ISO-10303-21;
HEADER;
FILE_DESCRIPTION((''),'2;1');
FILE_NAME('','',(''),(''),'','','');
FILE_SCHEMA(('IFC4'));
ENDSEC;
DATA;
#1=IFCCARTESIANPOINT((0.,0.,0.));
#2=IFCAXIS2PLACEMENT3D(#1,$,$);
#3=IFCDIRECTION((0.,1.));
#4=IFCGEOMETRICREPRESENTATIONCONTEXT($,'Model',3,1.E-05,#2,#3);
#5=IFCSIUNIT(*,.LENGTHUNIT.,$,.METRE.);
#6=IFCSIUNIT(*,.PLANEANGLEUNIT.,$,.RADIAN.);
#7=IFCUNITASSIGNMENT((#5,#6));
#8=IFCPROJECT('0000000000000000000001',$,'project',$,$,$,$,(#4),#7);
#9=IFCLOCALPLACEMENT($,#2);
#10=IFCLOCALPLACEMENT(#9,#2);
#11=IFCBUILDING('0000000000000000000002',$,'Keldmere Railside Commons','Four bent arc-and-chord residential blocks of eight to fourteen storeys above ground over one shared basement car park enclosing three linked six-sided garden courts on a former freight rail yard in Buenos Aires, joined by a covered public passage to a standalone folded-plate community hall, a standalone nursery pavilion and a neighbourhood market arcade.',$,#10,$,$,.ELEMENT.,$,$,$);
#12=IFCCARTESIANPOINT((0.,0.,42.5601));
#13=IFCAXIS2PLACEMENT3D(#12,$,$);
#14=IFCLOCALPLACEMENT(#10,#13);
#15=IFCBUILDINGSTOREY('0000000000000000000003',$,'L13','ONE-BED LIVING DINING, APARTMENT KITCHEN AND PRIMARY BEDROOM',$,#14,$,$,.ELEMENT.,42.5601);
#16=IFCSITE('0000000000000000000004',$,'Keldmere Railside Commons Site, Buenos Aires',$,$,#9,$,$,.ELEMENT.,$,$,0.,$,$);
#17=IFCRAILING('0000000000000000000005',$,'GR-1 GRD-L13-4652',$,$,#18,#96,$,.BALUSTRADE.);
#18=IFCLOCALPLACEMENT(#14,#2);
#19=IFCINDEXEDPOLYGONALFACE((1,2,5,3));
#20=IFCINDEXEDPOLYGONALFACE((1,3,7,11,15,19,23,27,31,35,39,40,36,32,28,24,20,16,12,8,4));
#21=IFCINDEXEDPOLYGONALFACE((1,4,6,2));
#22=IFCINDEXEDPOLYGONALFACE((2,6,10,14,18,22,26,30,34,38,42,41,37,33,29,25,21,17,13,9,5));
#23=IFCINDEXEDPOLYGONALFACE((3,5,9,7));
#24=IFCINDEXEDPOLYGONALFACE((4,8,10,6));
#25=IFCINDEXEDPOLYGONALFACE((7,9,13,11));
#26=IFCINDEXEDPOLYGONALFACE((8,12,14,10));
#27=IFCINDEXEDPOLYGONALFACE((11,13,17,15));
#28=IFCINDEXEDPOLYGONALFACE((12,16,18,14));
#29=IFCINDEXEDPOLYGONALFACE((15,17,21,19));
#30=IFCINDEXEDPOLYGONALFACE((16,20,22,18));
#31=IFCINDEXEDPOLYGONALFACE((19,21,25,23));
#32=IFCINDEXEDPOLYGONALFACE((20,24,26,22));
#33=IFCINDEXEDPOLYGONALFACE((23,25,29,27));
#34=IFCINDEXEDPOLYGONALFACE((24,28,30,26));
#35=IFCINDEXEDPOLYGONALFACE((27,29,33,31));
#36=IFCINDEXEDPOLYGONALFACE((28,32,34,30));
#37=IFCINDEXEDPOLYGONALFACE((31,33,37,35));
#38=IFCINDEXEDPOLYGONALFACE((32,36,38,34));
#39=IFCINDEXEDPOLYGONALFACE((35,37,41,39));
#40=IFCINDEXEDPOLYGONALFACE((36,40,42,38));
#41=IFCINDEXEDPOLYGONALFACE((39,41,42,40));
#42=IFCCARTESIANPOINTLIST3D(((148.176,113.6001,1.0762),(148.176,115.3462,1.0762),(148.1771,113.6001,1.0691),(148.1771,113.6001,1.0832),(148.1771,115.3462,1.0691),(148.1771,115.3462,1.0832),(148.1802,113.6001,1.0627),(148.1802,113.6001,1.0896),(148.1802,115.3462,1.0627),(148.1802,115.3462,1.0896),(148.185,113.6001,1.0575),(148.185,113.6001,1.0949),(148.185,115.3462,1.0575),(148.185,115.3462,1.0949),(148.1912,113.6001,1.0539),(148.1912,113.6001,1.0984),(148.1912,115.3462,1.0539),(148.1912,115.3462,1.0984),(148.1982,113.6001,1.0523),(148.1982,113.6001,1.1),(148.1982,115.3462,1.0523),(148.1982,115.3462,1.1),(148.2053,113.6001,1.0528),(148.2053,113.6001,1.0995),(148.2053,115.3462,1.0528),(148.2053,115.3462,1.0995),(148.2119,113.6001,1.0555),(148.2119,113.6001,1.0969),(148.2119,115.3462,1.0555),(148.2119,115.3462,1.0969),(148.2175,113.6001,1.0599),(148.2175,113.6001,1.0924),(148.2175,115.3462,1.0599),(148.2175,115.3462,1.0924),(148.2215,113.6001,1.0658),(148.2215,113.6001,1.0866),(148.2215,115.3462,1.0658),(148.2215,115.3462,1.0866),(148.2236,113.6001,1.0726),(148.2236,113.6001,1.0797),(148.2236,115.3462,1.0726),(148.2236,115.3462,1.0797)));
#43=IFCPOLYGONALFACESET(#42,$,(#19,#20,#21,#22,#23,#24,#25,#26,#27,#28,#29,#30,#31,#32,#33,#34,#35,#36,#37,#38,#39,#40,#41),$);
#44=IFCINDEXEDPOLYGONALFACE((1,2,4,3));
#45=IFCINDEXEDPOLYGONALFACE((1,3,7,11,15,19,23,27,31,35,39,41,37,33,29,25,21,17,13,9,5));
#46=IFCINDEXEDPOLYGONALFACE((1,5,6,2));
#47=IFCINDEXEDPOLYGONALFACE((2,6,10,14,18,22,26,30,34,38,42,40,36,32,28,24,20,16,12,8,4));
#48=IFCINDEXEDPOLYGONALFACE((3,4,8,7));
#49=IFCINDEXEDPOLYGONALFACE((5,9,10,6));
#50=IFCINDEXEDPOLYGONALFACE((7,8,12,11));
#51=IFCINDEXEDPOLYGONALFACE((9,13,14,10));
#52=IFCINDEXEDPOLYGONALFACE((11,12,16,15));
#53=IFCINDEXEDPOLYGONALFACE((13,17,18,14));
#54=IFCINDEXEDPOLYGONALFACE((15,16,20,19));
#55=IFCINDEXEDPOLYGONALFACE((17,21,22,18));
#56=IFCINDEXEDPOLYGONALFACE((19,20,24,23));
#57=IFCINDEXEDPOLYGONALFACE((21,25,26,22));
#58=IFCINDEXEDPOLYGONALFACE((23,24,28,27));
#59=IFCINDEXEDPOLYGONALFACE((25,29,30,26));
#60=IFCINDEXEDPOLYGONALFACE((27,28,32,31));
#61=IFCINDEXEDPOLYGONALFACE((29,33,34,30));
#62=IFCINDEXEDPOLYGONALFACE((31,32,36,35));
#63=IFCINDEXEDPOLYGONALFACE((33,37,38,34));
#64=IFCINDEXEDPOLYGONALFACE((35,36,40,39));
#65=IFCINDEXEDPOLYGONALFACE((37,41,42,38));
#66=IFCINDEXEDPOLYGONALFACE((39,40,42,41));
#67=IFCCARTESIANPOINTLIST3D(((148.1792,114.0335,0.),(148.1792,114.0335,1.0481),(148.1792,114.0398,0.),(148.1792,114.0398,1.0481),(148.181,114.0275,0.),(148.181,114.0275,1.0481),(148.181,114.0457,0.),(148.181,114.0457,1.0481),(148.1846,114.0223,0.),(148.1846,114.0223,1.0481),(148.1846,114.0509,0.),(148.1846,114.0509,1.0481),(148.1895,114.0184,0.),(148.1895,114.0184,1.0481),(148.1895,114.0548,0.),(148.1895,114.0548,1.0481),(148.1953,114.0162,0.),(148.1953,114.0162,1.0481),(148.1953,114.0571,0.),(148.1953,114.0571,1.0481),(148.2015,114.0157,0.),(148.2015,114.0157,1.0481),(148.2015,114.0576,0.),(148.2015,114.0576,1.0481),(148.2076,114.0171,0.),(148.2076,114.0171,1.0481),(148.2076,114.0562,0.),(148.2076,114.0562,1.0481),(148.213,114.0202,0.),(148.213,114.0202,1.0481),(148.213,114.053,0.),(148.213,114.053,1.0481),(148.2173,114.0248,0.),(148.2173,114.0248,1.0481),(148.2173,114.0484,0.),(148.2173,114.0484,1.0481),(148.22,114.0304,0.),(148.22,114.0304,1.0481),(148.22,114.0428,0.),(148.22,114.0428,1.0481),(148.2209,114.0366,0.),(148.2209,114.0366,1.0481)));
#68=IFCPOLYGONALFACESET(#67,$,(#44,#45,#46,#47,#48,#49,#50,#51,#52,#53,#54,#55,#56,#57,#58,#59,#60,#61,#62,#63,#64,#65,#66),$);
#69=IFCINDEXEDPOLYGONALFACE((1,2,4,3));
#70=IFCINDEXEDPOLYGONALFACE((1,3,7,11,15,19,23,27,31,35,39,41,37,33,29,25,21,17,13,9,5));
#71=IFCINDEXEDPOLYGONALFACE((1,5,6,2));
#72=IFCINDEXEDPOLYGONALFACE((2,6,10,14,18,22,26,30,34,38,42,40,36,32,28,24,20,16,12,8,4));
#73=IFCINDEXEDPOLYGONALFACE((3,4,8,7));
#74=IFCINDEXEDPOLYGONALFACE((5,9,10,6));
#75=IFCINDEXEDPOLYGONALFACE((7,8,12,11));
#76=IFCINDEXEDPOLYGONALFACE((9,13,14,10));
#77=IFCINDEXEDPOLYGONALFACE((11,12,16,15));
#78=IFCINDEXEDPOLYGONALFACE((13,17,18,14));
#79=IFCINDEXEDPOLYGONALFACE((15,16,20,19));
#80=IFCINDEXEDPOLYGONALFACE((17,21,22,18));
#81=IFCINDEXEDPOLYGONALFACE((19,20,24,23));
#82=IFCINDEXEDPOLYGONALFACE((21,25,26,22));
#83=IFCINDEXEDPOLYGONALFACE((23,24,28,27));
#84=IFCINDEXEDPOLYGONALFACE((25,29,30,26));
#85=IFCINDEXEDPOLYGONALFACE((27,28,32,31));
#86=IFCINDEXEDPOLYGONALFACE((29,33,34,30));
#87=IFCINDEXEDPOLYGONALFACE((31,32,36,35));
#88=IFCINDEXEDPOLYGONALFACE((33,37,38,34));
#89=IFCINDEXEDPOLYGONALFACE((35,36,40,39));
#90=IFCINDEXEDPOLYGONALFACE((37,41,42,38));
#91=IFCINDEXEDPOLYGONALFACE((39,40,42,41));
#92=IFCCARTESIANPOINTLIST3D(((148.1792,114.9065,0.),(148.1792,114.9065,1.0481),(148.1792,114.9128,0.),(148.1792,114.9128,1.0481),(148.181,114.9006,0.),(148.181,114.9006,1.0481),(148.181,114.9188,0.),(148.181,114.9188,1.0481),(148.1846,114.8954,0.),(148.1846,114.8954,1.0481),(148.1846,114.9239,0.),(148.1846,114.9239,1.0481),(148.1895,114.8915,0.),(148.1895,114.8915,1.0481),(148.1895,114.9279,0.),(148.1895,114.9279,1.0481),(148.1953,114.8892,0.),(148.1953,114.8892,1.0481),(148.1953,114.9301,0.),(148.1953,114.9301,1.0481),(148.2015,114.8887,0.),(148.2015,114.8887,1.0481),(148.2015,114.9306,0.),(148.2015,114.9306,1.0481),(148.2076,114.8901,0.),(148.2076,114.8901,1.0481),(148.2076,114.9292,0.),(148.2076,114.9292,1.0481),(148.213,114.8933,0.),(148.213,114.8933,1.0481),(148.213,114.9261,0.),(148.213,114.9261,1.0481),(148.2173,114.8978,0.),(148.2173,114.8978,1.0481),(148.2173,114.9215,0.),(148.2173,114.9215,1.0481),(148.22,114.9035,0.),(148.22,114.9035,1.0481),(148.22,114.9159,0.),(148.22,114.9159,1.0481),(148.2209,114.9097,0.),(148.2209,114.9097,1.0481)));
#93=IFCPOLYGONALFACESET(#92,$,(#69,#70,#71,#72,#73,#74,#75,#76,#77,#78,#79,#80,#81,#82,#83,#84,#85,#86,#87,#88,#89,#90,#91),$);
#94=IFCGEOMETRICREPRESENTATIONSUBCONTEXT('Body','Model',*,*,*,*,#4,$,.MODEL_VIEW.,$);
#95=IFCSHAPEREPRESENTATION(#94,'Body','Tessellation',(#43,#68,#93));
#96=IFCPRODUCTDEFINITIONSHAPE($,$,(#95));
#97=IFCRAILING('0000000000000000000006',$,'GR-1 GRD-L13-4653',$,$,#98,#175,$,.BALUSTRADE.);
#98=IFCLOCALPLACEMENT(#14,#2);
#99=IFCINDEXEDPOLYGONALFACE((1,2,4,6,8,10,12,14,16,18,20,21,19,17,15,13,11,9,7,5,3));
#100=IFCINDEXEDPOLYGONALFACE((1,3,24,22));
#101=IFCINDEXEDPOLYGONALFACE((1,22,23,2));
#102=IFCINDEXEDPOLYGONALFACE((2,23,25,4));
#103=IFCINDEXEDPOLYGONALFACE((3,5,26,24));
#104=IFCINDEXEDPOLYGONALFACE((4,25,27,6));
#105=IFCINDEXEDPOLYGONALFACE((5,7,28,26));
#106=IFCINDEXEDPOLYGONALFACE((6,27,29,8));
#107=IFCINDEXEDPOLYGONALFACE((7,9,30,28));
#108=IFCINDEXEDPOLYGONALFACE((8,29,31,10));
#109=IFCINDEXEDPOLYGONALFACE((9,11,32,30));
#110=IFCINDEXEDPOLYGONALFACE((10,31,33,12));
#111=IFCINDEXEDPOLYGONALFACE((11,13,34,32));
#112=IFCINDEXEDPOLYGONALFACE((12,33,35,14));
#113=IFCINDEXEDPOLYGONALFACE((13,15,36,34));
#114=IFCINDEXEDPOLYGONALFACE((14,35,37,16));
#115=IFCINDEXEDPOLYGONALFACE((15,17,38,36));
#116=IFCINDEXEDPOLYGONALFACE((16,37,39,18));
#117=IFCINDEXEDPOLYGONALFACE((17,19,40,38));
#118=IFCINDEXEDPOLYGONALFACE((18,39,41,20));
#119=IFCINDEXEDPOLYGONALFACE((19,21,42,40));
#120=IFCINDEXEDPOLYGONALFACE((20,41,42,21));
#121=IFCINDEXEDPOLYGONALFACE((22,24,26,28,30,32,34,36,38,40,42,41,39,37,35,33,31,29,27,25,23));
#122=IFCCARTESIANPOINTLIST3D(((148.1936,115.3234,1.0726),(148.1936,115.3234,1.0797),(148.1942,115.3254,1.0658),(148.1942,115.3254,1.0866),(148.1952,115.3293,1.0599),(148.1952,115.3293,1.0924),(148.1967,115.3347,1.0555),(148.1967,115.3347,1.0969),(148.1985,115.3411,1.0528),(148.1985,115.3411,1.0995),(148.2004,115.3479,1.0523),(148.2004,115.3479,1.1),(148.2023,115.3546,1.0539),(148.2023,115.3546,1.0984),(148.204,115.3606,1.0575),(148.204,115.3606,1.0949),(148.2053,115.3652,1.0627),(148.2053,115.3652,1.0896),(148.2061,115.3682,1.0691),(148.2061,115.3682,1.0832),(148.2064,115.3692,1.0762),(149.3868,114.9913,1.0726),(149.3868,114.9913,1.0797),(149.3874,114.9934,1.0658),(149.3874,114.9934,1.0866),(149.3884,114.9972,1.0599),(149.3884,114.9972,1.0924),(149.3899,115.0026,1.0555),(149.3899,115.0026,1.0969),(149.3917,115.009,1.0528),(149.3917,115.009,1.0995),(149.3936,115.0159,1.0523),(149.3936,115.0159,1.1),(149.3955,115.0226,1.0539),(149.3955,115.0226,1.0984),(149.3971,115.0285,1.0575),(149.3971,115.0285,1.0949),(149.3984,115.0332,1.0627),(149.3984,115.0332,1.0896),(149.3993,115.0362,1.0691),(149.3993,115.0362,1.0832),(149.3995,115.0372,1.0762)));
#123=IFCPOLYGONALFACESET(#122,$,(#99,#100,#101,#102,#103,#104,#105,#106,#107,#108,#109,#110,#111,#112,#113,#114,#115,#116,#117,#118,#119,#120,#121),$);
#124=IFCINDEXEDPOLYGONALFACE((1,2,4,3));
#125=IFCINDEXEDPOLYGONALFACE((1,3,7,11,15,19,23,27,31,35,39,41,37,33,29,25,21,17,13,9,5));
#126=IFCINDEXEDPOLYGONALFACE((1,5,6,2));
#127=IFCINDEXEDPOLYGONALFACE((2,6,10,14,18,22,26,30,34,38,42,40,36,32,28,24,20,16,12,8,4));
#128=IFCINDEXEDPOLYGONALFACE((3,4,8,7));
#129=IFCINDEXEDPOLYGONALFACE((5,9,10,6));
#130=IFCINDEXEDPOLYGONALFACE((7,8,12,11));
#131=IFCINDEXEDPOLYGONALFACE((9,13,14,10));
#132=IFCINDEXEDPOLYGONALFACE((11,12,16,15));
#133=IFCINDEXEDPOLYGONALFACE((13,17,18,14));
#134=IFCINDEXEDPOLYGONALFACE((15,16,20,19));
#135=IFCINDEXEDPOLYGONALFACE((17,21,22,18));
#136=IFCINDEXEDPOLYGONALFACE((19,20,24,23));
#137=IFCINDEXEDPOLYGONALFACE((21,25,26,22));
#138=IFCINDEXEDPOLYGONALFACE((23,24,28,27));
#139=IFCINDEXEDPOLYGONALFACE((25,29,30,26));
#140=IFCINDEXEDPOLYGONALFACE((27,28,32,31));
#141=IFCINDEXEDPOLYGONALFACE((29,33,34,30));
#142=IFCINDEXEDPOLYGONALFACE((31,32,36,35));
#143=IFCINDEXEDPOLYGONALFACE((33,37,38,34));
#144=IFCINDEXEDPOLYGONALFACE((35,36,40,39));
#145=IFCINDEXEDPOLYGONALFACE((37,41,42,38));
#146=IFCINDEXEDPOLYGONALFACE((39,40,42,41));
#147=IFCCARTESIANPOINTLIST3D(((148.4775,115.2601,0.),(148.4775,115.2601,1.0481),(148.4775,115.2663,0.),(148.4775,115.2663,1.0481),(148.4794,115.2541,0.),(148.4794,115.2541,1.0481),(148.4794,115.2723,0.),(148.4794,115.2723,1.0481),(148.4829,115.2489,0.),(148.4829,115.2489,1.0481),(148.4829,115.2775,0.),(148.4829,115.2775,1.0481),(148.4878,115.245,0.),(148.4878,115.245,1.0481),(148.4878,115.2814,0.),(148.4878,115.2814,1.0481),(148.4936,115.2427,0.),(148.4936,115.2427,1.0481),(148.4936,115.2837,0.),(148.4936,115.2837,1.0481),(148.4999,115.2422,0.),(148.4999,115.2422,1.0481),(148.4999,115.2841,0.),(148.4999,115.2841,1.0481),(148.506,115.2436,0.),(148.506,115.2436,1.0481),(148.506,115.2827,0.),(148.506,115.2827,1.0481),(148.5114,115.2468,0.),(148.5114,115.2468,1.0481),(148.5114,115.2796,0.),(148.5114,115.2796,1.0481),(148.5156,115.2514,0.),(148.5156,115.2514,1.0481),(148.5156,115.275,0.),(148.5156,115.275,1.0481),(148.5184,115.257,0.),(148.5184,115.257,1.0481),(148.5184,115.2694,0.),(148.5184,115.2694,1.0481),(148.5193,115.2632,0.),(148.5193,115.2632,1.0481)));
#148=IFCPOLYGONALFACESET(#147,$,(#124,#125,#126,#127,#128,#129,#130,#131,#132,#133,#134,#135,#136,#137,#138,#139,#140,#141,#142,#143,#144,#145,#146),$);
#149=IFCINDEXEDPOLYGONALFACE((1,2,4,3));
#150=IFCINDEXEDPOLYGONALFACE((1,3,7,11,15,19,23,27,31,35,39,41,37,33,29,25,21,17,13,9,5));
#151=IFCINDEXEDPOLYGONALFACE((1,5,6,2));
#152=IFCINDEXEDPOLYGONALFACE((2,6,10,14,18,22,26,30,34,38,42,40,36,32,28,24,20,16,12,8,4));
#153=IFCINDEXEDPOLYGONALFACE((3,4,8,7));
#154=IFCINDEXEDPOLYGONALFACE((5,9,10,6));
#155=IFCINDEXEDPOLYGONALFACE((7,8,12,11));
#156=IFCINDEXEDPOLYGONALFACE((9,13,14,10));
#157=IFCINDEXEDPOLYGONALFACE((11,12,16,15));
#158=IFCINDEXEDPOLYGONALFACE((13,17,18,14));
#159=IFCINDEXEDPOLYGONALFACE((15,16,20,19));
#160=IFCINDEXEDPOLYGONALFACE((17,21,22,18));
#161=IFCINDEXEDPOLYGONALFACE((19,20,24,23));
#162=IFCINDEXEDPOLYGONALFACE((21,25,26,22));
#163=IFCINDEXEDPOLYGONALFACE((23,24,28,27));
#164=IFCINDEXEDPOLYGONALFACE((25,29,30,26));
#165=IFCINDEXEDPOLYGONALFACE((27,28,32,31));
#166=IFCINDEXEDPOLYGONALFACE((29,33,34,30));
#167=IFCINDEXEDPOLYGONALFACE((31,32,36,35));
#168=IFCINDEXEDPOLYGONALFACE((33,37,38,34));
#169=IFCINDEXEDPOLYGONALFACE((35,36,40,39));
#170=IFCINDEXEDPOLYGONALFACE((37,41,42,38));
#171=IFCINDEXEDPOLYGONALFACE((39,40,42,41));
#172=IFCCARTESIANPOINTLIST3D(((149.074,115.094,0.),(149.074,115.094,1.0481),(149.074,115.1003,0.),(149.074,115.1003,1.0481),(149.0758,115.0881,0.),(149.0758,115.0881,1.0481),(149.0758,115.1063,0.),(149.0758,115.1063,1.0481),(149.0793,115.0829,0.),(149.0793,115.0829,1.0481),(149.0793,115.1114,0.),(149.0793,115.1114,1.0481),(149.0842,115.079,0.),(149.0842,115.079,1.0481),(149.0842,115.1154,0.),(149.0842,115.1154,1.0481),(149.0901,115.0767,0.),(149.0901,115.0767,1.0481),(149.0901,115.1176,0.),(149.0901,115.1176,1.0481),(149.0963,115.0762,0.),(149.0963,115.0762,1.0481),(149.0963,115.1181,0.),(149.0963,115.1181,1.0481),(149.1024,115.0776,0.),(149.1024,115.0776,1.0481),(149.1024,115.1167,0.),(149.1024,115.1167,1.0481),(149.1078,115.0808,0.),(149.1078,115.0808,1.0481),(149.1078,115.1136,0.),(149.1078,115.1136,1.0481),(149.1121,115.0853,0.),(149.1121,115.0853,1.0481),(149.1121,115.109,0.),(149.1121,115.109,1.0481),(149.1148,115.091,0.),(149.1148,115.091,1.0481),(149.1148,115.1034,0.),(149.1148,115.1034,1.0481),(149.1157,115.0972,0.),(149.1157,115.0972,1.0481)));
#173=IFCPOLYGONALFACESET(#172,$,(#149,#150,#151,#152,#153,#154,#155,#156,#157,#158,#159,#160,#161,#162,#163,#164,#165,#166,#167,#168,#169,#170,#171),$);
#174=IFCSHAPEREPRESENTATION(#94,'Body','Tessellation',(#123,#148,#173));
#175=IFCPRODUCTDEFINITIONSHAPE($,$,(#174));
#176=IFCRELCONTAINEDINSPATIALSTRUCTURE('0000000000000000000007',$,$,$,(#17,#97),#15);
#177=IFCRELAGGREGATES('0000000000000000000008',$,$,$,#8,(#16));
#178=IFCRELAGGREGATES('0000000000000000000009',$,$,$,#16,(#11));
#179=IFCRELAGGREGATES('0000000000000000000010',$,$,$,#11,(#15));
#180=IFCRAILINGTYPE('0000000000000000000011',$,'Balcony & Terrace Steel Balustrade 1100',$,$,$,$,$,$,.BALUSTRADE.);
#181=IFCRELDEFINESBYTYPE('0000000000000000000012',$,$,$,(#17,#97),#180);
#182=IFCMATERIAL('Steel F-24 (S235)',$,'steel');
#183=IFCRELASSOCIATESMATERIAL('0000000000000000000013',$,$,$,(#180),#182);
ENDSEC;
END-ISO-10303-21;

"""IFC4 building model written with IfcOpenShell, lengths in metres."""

from ifc_helpers import new_model, si_unit, direction, frame, origin, origin_2d, place, context, subcontext, project, spatial, circle, extrude, material, type_object, element, save


model = new_model("IFC4")

# Units and contexts
model_context = context("Model", 3, precision=1e-05, world=origin(), true_north=direction((0.0, 1.0)))
body_context = subcontext(model_context, "Body", "Model", "MODEL_VIEW")
ifc_project = project(units=[si_unit("LENGTHUNIT", "METRE"), si_unit("PLANEANGLEUNIT", "RADIAN")], contexts=[model_context])

# Site, building, storey
site_placement = place(None, origin())
site = spatial("IfcSite", under=ifc_project, at=site_placement, Name="Keldmere Railside Commons Site, Buenos Aires", CompositionType="ELEMENT", RefElevation=0.0)
building_placement = place(site_placement, origin())
building = spatial("IfcBuilding", under=site, at=building_placement, Name="Keldmere Railside Commons", Description="Four bent arc-and-chord residential blocks of eight to fourteen storeys above ground over one shared basement car park enclosing three linked six-sided garden courts on a former freight rail yard in Buenos Aires, joined by a covered public passage to a standalone folded-plate community hall, a standalone nursery pavilion and a neighbourhood market arcade.", CompositionType="ELEMENT")
storey_placement = place(building_placement, frame((0.0, 0.0, 42.5601)))
storey = spatial("IfcBuildingStorey", under=building, at=storey_placement, Name="L13", Description="ONE-BED LIVING DINING, APARTMENT KITCHEN AND PRIMARY BEDROOM", CompositionType="ELEMENT", Elevation=42.5601)

# Shared definitions
ifc_material_1 = material(Name="Steel F-24 (S235)", Category="steel")

# Railings
railing_type = type_object("IfcRailingType", Name="Balcony & Terrace Steel Balustrade 1100", PredefinedType="BALUSTRADE", material=ifc_material_1)
railing_1_placement = place(storey_placement, frame((148.2, 113.6001, 0.0)))
element("IfcRailing", 1, at=railing_1_placement, inside=storey, type_object=railing_type, Name="GR-1 GRD-L13-4652", PredefinedType="BALUSTRADE", context=body_context, shape_type="SweptSolid", body=[
    extrude(circle(Radius=0.0239, at=origin_2d()), frame((0.0, 0.0, 1.0762), z_axis=(0.0, 1.0, 0.0), x_axis=(-1.0, 0.0, 0.0)), (0.0, 0.0, 1.0), 1.7461),
    extrude(circle(Radius=0.021, at=origin_2d()), frame((0.0, 0.4365, 0.0)), (0.0, 0.0, 1.0), 1.0481),
    extrude(circle(Radius=0.021, at=origin_2d()), frame((0.0, 1.3096, 0.0)), (0.0, 0.0, 1.0), 1.0481),
])
railing_2_placement = place(storey_placement, frame((148.2, 115.3462, 0.0)))
element("IfcRailing", 2, at=railing_2_placement, inside=storey, type_object=railing_type, Name="GR-1 GRD-L13-4653", PredefinedType="BALUSTRADE", context=body_context, shape_type="SweptSolid", body=[
    extrude(circle(Radius=0.0239, at=origin_2d()), frame((0.0, 0.0, 1.0762), z_axis=(0.963391, -0.268101, 0.0), x_axis=(0.268101, 0.963391, 0.0)), (0.0, 0.0, 1.0), 1.2385),
    extrude(circle(Radius=0.021, at=origin_2d()), frame((0.2983, -0.083, 0.0)), (0.0, 0.0, 1.0), 1.0481),
    extrude(circle(Radius=0.021, at=origin_2d()), frame((0.8948, -0.249, 0.0)), (0.0, 0.0, 1.0), 1.0481),
])

save(model, "model.ifc")
